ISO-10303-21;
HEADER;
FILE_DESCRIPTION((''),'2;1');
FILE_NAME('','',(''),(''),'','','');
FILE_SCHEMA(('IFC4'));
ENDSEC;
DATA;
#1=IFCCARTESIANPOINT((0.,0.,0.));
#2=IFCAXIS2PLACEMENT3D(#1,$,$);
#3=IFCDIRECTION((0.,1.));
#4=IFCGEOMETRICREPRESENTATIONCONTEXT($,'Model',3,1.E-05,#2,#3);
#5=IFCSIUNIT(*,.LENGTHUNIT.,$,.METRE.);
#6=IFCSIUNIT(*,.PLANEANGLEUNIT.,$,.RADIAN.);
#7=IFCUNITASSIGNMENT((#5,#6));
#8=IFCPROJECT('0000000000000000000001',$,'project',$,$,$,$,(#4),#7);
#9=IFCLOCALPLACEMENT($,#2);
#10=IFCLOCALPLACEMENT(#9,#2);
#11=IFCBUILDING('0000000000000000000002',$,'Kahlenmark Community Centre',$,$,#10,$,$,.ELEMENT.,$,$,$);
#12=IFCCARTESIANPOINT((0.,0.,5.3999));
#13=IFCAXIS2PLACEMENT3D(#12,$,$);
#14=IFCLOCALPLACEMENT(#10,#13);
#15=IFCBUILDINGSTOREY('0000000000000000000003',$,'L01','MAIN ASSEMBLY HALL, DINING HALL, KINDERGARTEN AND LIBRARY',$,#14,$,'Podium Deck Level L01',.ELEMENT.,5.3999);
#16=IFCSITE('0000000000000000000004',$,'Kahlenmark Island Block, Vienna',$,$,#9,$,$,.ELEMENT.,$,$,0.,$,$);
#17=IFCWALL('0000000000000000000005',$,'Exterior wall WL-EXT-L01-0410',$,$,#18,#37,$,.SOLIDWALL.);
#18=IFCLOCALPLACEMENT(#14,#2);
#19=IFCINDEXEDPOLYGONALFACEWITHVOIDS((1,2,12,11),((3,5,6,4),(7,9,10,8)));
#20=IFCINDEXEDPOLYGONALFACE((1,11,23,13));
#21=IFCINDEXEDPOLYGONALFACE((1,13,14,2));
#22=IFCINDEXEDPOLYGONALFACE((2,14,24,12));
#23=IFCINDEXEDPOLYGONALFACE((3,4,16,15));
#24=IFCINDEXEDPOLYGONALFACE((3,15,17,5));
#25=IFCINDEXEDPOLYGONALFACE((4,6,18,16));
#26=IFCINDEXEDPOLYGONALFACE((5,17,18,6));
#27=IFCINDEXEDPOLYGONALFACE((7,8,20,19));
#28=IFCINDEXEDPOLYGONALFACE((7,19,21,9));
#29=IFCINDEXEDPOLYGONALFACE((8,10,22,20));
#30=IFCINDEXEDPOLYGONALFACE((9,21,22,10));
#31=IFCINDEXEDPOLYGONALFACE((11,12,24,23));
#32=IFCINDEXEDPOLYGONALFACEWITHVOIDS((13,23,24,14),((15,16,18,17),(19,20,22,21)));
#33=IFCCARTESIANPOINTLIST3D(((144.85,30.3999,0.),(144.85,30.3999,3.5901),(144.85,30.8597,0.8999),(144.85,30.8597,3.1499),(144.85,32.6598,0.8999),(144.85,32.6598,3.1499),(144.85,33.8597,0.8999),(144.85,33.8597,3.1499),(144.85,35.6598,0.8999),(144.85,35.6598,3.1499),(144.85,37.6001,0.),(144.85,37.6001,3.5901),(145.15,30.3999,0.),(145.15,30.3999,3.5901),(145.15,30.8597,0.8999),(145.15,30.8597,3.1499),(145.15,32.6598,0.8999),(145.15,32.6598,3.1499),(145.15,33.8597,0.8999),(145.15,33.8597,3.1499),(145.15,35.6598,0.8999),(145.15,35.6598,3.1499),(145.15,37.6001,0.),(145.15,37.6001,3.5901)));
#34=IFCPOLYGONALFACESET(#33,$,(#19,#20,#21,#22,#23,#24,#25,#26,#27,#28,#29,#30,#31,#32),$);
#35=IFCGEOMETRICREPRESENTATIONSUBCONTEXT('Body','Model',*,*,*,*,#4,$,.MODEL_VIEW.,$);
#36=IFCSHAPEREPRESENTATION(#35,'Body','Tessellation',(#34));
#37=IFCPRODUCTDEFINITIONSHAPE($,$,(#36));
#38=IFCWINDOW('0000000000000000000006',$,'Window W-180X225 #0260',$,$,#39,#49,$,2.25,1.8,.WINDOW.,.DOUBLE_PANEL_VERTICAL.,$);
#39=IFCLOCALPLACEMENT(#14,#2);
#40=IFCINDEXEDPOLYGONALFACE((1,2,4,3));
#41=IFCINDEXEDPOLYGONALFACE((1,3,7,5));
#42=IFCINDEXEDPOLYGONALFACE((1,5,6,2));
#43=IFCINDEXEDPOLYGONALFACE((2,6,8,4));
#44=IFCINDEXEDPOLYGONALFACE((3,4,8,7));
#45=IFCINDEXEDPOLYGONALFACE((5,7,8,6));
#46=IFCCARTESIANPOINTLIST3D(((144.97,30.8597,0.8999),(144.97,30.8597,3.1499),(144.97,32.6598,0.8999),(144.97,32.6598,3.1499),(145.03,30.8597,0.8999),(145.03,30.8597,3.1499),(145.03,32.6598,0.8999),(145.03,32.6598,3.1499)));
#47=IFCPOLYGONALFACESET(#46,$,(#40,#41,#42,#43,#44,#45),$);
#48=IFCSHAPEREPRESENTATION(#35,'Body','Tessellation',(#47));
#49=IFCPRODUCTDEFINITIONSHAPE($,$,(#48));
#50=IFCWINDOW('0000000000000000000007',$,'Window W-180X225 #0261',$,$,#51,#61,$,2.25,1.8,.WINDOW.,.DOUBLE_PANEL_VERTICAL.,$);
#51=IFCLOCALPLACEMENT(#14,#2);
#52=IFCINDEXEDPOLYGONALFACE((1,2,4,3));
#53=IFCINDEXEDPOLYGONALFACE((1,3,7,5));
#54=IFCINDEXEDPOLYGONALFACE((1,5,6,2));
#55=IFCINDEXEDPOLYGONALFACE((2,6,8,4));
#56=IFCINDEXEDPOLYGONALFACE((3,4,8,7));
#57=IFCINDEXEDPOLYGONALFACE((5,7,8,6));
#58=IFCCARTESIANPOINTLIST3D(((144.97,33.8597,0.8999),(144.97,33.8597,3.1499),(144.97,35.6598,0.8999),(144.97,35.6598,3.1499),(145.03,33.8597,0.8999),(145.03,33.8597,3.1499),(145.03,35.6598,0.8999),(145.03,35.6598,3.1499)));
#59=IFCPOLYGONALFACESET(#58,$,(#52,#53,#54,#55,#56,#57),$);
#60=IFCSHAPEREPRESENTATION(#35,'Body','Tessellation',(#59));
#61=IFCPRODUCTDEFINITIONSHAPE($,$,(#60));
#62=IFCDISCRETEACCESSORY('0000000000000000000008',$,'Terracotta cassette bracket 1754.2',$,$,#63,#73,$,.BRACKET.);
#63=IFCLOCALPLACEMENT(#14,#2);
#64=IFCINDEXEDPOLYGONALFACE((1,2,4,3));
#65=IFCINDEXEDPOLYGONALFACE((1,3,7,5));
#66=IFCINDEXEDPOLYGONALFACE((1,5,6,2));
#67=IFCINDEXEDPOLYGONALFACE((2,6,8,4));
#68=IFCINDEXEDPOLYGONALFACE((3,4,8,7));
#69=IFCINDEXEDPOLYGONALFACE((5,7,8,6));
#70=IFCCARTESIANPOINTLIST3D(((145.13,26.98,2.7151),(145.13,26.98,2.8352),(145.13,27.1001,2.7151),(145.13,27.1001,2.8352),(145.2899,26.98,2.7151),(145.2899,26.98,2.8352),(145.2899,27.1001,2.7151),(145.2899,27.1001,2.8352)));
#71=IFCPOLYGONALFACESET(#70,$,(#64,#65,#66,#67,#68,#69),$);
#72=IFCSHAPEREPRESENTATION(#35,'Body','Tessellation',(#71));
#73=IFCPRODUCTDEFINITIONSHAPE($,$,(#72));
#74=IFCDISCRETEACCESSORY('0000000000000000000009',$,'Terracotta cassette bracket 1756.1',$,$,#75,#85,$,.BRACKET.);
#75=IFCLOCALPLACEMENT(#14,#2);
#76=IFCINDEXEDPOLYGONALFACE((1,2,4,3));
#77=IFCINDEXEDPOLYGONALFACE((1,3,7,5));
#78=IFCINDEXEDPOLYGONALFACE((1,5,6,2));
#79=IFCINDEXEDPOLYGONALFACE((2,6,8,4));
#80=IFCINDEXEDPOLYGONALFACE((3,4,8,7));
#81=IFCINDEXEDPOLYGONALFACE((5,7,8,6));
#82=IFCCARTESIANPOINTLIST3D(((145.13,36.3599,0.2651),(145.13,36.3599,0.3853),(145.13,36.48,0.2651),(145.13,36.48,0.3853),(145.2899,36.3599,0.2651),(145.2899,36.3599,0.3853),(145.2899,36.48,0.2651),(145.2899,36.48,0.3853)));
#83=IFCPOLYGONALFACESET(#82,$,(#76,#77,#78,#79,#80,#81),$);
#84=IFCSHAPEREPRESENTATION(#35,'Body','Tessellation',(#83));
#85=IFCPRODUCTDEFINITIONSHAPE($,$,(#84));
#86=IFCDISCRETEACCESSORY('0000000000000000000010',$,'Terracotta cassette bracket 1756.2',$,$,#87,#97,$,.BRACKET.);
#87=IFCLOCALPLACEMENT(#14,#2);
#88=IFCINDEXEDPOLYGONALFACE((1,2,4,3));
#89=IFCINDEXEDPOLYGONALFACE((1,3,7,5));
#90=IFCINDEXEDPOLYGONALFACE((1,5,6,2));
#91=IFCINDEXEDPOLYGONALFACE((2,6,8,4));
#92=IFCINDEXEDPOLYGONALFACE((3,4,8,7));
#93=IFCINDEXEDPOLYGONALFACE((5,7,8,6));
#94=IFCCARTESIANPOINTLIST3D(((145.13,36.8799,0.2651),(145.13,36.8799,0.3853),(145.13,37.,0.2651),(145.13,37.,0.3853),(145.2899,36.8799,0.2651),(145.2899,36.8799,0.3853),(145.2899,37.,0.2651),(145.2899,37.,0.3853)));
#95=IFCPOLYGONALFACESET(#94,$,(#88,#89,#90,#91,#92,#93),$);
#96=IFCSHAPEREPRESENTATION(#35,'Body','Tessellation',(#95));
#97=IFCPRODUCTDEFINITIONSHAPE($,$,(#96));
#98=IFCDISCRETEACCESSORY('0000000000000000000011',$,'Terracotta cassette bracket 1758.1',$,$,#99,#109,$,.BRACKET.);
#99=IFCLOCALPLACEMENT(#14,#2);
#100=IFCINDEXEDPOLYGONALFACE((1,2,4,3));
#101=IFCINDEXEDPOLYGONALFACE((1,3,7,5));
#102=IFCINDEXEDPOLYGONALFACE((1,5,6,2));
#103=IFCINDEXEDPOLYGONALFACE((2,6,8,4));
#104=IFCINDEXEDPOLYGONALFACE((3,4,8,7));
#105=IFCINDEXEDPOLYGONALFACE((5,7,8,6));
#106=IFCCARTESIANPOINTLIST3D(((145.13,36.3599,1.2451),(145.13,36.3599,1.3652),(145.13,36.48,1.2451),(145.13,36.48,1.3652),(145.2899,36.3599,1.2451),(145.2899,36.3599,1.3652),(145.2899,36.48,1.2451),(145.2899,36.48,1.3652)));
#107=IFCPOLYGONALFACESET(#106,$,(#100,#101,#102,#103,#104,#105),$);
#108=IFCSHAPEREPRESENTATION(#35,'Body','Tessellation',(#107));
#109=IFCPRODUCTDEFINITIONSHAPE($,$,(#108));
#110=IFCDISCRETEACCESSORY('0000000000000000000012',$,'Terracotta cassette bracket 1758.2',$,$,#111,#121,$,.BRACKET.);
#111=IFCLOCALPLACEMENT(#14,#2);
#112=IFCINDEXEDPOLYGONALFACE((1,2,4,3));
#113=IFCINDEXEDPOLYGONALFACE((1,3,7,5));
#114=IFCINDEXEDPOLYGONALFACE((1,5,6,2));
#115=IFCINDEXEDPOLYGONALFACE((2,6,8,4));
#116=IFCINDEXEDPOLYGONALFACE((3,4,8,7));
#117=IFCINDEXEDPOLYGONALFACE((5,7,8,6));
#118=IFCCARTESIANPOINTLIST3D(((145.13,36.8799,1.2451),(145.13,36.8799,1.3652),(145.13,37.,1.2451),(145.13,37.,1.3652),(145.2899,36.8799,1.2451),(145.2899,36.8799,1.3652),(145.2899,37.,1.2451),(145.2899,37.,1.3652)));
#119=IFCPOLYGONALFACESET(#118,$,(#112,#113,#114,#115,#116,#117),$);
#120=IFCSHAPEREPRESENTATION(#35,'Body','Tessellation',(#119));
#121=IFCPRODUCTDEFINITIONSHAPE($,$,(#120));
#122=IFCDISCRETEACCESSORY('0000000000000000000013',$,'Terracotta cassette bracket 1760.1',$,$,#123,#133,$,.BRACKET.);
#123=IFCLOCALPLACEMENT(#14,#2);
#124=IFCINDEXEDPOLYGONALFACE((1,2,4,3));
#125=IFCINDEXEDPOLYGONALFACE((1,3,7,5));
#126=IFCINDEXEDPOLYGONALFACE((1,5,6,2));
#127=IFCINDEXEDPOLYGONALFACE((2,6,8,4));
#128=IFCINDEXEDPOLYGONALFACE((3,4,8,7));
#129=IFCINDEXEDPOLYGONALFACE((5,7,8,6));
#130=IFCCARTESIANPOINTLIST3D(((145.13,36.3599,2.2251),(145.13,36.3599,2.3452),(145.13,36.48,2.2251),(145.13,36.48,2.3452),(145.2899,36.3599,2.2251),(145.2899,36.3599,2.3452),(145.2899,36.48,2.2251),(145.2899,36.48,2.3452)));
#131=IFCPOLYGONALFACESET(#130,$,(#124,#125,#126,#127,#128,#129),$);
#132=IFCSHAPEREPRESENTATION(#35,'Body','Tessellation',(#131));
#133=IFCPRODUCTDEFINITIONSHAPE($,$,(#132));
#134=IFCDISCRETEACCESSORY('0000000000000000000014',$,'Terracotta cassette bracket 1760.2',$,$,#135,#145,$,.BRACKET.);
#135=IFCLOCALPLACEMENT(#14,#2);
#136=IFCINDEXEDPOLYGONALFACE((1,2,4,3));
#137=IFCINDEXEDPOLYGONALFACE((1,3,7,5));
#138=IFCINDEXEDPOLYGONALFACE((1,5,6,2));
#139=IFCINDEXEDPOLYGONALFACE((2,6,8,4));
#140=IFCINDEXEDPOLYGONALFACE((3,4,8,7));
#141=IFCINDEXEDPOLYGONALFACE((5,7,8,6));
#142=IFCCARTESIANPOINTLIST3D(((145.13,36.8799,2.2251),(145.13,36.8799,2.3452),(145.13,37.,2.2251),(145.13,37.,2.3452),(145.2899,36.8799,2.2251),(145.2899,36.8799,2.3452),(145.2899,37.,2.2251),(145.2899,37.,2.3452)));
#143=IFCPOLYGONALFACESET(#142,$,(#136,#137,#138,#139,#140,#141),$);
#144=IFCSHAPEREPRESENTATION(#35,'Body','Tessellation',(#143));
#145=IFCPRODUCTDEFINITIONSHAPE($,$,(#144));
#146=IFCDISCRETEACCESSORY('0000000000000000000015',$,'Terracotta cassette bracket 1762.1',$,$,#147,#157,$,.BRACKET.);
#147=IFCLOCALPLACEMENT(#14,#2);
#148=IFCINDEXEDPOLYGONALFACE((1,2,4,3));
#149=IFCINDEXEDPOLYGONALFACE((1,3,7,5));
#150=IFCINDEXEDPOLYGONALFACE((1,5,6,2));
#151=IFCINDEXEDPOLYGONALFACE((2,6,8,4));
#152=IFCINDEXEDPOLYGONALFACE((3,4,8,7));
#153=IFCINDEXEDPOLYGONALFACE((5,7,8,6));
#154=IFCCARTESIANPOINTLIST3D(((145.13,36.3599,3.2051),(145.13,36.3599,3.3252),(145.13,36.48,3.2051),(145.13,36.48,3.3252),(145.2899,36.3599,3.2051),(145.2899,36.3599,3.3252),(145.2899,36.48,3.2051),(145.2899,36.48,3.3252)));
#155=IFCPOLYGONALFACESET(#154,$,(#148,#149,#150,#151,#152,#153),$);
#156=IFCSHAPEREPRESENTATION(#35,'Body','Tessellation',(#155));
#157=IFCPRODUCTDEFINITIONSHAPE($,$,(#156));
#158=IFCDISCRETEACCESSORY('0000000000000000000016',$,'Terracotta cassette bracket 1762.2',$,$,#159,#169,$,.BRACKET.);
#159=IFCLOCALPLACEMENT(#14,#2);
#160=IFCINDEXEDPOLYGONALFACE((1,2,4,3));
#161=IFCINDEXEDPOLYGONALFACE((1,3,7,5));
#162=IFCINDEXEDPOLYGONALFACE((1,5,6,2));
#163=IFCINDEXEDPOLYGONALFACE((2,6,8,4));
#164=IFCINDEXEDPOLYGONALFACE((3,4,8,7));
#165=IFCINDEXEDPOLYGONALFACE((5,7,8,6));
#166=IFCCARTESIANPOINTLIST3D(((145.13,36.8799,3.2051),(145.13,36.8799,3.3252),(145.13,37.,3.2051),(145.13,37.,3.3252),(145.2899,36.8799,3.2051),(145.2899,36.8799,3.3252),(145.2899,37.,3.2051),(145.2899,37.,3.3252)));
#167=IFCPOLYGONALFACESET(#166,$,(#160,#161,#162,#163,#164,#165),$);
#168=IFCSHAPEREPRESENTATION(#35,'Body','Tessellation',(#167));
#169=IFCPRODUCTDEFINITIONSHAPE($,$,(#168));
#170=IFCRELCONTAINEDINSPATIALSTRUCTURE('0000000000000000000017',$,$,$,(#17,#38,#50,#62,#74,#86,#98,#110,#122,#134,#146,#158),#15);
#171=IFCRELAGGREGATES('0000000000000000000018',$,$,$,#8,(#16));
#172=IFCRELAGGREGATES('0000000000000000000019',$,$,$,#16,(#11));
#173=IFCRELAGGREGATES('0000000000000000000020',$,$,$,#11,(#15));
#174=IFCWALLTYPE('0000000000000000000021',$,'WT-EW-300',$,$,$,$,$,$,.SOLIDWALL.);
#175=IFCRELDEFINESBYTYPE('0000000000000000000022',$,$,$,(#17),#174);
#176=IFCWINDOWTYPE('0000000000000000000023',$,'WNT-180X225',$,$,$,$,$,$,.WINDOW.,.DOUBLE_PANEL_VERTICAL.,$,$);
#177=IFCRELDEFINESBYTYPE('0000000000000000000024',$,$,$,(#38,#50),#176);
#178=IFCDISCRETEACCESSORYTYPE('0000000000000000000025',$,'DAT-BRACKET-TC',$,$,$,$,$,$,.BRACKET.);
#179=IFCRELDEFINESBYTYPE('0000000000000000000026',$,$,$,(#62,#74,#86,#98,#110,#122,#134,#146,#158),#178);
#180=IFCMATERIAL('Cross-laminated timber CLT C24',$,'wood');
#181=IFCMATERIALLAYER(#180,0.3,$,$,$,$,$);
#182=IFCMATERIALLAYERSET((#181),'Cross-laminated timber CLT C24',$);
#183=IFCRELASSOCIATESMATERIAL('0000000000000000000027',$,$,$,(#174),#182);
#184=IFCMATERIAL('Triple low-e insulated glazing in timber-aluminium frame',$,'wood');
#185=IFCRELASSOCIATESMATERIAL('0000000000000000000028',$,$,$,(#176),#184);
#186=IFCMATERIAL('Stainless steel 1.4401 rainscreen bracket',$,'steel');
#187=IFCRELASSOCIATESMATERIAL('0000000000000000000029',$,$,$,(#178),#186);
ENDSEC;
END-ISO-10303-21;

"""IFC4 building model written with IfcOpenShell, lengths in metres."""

from ifc_helpers import new_model, si_unit, direction, frame, frame_2d, origin, origin_2d, place, context, subcontext, project, spatial, rectangle, extrude, material, layer, layer_set, type_object, element, fill, save


model = new_model("IFC4")

# Units and contexts
model_context = context("Model", 3, precision=1e-05, world=origin(), true_north=direction((0.0, 1.0)))
body_context = subcontext(model_context, "Body", "Model", "MODEL_VIEW")
ifc_project = project(units=[si_unit("LENGTHUNIT", "METRE"), si_unit("PLANEANGLEUNIT", "RADIAN")], contexts=[model_context])

# Site, building, storey
site_placement = place(None, origin())
site = spatial("IfcSite", under=ifc_project, at=site_placement, Name="Kahlenmark Island Block, Vienna", CompositionType="ELEMENT", RefElevation=0.0)
building_placement = place(site_placement, origin())
building = spatial("IfcBuilding", under=site, at=building_placement, Name="Kahlenmark Community Centre", CompositionType="ELEMENT")
storey_placement = place(building_placement, frame((0.0, 0.0, 5.3999)))
storey = spatial("IfcBuildingStorey", under=building, at=storey_placement, Name="L01", Description="MAIN ASSEMBLY HALL, DINING HALL, KINDERGARTEN AND LIBRARY", LongName="Podium Deck Level L01", CompositionType="ELEMENT", Elevation=5.3999)

# Wall, openings, windows
ifc_material_1 = material(Name="Cross-laminated timber CLT C24", Category="wood")
ifc_layer_1 = layer(ifc_material_1, 0.3)
ifc_layer_set_1 = layer_set([ifc_layer_1], Name="Cross-laminated timber CLT C24")
wall_type = type_object("IfcWallType", Name="WT-EW-300", PredefinedType="SOLIDWALL", material=ifc_layer_set_1)
wall_placement = place(storey_placement, frame((145.0, 30.3999, 0.0), z_axis=(0.0, 0.0, 1.0), x_axis=(0.0, 1.0, 0.0)))
wall = element("IfcWall", 1, at=wall_placement, inside=storey, type_object=wall_type, Name="Exterior wall WL-EXT-L01-0410", PredefinedType="SOLIDWALL", context=body_context, shape_type="SweptSolid", body=[
    extrude(rectangle(XDim=7.2002, YDim=0.3, at=frame_2d((3.6001, 0.0))), origin(), (0.0, 0.0, 1.0), 3.5901),
])
opening_1_placement = place(wall_placement, frame((0.46, 0.0, 0.8999)))
opening_1 = element("IfcOpeningElement", 2, at=opening_1_placement, cuts=wall, PredefinedType="OPENING", context=body_context, shape_type="SweptSolid", body=[
    extrude(rectangle(XDim=1.8, YDim=2.25, at=frame_2d((0.8999, 1.125))), frame((0.0, 0.1599, 0.0), z_axis=(0.0, -1.0, 0.0), x_axis=(1.0, 0.0, 0.0)), (0.0, 0.0, 1.0), 0.3201),
])
opening_2_placement = place(wall_placement, frame((3.46, 0.0, 0.8999)))
opening_2 = element("IfcOpeningElement", 3, at=opening_2_placement, cuts=wall, PredefinedType="OPENING", context=body_context, shape_type="SweptSolid", body=[
    extrude(rectangle(XDim=1.8, YDim=2.25, at=frame_2d((0.8999, 1.125))), frame((0.0, 0.1599, 0.0), z_axis=(0.0, -1.0, 0.0), x_axis=(1.0, 0.0, 0.0)), (0.0, 0.0, 1.0), 0.3201),
])
ifc_material_2 = material(Name="Triple low-e insulated glazing in timber-aluminium frame", Category="wood")
window_type = type_object("IfcWindowType", Name="WNT-180X225", PartitioningType="DOUBLE_PANEL_VERTICAL", PredefinedType="WINDOW", material=ifc_material_2)
window_1_placement = place(opening_1_placement, origin())
window_1 = element("IfcWindow", 4, at=window_1_placement, inside=storey, type_object=window_type, Name="Window W-180X225 #0260", OverallHeight=2.25, OverallWidth=1.8, PartitioningType="DOUBLE_PANEL_VERTICAL", PredefinedType="WINDOW", context=body_context, shape_type="SweptSolid", body=[
    extrude(rectangle(XDim=1.8, YDim=2.25, at=frame_2d((0.8999, 1.125))), frame((0.0, 0.03, 0.0), z_axis=(0.0, -1.0, 0.0), x_axis=(1.0, 0.0, 0.0)), (0.0, 0.0, 1.0), 0.0601),
])
fill(opening_1, window_1)
window_2_placement = place(opening_2_placement, origin())
window_2 = element("IfcWindow", 5, at=window_2_placement, inside=storey, type_object=window_type, Name="Window W-180X225 #0261", OverallHeight=2.25, OverallWidth=1.8, PartitioningType="DOUBLE_PANEL_VERTICAL", PredefinedType="WINDOW", context=body_context, shape_type="SweptSolid", body=[
    extrude(rectangle(XDim=1.8, YDim=2.25, at=frame_2d((0.8999, 1.125))), frame((0.0, 0.03, 0.0), z_axis=(0.0, -1.0, 0.0), x_axis=(1.0, 0.0, 0.0)), (0.0, 0.0, 1.0), 0.0601),
])
fill(opening_2, window_2)

# Discrete accessories
ifc_material_3 = material(Name="Stainless steel 1.4401 rainscreen bracket", Category="steel")
discrete_accessory_type = type_object("IfcDiscreteAccessoryType", Name="DAT-BRACKET-TC", PredefinedType="BRACKET", material=ifc_material_3)
for number, where, z_axis, x_axis, name in (
    (6, (145.21, 27.04, 2.7151), (0.0, 0.0, 1.0), (0.0, 1.0, 0.0), "Terracotta cassette bracket 1754.2"),
    (7, (145.21, 36.4199, 0.2651), (0.0, 0.0, 1.0), (0.0, 1.0, 0.0), "Terracotta cassette bracket 1756.1"),
    (8, (145.21, 36.9399, 0.2651), (0.0, 0.0, 1.0), (0.0, 1.0, 0.0), "Terracotta cassette bracket 1756.2"),
    (9, (145.21, 36.4199, 1.2451), (0.0, 0.0, 1.0), (0.0, 1.0, 0.0), "Terracotta cassette bracket 1758.1"),
    (10, (145.21, 36.9399, 1.2451), (0.0, 0.0, 1.0), (0.0, 1.0, 0.0), "Terracotta cassette bracket 1758.2"),
    (11, (145.21, 36.4199, 2.2251), (0.0, 0.0, 1.0), (0.0, 1.0, 0.0), "Terracotta cassette bracket 1760.1"),
    (12, (145.21, 36.9399, 2.2251), (0.0, 0.0, 1.0), (0.0, 1.0, 0.0), "Terracotta cassette bracket 1760.2"),
    (13, (145.21, 36.4199, 3.2051), (0.0, 0.0, 1.0), (0.0, 1.0, 0.0), "Terracotta cassette bracket 1762.1"),
    (14, (145.21, 36.9399, 3.2051), (0.0, 0.0, 1.0), (0.0, 1.0, 0.0), "Terracotta cassette bracket 1762.2"),
):
    element("IfcDiscreteAccessory", number, at=place(storey_placement, frame(where, z_axis=z_axis, x_axis=x_axis)), inside=storey, type_object=discrete_accessory_type, Name=name, PredefinedType="BRACKET", context=body_context, shape_type="SweptSolid", body=[
        extrude(rectangle(XDim=0.1201, YDim=0.1599, at=origin_2d()), origin(), (0.0, 0.0, 1.0), 0.1201),
    ])

save(model, "model.ifc")
